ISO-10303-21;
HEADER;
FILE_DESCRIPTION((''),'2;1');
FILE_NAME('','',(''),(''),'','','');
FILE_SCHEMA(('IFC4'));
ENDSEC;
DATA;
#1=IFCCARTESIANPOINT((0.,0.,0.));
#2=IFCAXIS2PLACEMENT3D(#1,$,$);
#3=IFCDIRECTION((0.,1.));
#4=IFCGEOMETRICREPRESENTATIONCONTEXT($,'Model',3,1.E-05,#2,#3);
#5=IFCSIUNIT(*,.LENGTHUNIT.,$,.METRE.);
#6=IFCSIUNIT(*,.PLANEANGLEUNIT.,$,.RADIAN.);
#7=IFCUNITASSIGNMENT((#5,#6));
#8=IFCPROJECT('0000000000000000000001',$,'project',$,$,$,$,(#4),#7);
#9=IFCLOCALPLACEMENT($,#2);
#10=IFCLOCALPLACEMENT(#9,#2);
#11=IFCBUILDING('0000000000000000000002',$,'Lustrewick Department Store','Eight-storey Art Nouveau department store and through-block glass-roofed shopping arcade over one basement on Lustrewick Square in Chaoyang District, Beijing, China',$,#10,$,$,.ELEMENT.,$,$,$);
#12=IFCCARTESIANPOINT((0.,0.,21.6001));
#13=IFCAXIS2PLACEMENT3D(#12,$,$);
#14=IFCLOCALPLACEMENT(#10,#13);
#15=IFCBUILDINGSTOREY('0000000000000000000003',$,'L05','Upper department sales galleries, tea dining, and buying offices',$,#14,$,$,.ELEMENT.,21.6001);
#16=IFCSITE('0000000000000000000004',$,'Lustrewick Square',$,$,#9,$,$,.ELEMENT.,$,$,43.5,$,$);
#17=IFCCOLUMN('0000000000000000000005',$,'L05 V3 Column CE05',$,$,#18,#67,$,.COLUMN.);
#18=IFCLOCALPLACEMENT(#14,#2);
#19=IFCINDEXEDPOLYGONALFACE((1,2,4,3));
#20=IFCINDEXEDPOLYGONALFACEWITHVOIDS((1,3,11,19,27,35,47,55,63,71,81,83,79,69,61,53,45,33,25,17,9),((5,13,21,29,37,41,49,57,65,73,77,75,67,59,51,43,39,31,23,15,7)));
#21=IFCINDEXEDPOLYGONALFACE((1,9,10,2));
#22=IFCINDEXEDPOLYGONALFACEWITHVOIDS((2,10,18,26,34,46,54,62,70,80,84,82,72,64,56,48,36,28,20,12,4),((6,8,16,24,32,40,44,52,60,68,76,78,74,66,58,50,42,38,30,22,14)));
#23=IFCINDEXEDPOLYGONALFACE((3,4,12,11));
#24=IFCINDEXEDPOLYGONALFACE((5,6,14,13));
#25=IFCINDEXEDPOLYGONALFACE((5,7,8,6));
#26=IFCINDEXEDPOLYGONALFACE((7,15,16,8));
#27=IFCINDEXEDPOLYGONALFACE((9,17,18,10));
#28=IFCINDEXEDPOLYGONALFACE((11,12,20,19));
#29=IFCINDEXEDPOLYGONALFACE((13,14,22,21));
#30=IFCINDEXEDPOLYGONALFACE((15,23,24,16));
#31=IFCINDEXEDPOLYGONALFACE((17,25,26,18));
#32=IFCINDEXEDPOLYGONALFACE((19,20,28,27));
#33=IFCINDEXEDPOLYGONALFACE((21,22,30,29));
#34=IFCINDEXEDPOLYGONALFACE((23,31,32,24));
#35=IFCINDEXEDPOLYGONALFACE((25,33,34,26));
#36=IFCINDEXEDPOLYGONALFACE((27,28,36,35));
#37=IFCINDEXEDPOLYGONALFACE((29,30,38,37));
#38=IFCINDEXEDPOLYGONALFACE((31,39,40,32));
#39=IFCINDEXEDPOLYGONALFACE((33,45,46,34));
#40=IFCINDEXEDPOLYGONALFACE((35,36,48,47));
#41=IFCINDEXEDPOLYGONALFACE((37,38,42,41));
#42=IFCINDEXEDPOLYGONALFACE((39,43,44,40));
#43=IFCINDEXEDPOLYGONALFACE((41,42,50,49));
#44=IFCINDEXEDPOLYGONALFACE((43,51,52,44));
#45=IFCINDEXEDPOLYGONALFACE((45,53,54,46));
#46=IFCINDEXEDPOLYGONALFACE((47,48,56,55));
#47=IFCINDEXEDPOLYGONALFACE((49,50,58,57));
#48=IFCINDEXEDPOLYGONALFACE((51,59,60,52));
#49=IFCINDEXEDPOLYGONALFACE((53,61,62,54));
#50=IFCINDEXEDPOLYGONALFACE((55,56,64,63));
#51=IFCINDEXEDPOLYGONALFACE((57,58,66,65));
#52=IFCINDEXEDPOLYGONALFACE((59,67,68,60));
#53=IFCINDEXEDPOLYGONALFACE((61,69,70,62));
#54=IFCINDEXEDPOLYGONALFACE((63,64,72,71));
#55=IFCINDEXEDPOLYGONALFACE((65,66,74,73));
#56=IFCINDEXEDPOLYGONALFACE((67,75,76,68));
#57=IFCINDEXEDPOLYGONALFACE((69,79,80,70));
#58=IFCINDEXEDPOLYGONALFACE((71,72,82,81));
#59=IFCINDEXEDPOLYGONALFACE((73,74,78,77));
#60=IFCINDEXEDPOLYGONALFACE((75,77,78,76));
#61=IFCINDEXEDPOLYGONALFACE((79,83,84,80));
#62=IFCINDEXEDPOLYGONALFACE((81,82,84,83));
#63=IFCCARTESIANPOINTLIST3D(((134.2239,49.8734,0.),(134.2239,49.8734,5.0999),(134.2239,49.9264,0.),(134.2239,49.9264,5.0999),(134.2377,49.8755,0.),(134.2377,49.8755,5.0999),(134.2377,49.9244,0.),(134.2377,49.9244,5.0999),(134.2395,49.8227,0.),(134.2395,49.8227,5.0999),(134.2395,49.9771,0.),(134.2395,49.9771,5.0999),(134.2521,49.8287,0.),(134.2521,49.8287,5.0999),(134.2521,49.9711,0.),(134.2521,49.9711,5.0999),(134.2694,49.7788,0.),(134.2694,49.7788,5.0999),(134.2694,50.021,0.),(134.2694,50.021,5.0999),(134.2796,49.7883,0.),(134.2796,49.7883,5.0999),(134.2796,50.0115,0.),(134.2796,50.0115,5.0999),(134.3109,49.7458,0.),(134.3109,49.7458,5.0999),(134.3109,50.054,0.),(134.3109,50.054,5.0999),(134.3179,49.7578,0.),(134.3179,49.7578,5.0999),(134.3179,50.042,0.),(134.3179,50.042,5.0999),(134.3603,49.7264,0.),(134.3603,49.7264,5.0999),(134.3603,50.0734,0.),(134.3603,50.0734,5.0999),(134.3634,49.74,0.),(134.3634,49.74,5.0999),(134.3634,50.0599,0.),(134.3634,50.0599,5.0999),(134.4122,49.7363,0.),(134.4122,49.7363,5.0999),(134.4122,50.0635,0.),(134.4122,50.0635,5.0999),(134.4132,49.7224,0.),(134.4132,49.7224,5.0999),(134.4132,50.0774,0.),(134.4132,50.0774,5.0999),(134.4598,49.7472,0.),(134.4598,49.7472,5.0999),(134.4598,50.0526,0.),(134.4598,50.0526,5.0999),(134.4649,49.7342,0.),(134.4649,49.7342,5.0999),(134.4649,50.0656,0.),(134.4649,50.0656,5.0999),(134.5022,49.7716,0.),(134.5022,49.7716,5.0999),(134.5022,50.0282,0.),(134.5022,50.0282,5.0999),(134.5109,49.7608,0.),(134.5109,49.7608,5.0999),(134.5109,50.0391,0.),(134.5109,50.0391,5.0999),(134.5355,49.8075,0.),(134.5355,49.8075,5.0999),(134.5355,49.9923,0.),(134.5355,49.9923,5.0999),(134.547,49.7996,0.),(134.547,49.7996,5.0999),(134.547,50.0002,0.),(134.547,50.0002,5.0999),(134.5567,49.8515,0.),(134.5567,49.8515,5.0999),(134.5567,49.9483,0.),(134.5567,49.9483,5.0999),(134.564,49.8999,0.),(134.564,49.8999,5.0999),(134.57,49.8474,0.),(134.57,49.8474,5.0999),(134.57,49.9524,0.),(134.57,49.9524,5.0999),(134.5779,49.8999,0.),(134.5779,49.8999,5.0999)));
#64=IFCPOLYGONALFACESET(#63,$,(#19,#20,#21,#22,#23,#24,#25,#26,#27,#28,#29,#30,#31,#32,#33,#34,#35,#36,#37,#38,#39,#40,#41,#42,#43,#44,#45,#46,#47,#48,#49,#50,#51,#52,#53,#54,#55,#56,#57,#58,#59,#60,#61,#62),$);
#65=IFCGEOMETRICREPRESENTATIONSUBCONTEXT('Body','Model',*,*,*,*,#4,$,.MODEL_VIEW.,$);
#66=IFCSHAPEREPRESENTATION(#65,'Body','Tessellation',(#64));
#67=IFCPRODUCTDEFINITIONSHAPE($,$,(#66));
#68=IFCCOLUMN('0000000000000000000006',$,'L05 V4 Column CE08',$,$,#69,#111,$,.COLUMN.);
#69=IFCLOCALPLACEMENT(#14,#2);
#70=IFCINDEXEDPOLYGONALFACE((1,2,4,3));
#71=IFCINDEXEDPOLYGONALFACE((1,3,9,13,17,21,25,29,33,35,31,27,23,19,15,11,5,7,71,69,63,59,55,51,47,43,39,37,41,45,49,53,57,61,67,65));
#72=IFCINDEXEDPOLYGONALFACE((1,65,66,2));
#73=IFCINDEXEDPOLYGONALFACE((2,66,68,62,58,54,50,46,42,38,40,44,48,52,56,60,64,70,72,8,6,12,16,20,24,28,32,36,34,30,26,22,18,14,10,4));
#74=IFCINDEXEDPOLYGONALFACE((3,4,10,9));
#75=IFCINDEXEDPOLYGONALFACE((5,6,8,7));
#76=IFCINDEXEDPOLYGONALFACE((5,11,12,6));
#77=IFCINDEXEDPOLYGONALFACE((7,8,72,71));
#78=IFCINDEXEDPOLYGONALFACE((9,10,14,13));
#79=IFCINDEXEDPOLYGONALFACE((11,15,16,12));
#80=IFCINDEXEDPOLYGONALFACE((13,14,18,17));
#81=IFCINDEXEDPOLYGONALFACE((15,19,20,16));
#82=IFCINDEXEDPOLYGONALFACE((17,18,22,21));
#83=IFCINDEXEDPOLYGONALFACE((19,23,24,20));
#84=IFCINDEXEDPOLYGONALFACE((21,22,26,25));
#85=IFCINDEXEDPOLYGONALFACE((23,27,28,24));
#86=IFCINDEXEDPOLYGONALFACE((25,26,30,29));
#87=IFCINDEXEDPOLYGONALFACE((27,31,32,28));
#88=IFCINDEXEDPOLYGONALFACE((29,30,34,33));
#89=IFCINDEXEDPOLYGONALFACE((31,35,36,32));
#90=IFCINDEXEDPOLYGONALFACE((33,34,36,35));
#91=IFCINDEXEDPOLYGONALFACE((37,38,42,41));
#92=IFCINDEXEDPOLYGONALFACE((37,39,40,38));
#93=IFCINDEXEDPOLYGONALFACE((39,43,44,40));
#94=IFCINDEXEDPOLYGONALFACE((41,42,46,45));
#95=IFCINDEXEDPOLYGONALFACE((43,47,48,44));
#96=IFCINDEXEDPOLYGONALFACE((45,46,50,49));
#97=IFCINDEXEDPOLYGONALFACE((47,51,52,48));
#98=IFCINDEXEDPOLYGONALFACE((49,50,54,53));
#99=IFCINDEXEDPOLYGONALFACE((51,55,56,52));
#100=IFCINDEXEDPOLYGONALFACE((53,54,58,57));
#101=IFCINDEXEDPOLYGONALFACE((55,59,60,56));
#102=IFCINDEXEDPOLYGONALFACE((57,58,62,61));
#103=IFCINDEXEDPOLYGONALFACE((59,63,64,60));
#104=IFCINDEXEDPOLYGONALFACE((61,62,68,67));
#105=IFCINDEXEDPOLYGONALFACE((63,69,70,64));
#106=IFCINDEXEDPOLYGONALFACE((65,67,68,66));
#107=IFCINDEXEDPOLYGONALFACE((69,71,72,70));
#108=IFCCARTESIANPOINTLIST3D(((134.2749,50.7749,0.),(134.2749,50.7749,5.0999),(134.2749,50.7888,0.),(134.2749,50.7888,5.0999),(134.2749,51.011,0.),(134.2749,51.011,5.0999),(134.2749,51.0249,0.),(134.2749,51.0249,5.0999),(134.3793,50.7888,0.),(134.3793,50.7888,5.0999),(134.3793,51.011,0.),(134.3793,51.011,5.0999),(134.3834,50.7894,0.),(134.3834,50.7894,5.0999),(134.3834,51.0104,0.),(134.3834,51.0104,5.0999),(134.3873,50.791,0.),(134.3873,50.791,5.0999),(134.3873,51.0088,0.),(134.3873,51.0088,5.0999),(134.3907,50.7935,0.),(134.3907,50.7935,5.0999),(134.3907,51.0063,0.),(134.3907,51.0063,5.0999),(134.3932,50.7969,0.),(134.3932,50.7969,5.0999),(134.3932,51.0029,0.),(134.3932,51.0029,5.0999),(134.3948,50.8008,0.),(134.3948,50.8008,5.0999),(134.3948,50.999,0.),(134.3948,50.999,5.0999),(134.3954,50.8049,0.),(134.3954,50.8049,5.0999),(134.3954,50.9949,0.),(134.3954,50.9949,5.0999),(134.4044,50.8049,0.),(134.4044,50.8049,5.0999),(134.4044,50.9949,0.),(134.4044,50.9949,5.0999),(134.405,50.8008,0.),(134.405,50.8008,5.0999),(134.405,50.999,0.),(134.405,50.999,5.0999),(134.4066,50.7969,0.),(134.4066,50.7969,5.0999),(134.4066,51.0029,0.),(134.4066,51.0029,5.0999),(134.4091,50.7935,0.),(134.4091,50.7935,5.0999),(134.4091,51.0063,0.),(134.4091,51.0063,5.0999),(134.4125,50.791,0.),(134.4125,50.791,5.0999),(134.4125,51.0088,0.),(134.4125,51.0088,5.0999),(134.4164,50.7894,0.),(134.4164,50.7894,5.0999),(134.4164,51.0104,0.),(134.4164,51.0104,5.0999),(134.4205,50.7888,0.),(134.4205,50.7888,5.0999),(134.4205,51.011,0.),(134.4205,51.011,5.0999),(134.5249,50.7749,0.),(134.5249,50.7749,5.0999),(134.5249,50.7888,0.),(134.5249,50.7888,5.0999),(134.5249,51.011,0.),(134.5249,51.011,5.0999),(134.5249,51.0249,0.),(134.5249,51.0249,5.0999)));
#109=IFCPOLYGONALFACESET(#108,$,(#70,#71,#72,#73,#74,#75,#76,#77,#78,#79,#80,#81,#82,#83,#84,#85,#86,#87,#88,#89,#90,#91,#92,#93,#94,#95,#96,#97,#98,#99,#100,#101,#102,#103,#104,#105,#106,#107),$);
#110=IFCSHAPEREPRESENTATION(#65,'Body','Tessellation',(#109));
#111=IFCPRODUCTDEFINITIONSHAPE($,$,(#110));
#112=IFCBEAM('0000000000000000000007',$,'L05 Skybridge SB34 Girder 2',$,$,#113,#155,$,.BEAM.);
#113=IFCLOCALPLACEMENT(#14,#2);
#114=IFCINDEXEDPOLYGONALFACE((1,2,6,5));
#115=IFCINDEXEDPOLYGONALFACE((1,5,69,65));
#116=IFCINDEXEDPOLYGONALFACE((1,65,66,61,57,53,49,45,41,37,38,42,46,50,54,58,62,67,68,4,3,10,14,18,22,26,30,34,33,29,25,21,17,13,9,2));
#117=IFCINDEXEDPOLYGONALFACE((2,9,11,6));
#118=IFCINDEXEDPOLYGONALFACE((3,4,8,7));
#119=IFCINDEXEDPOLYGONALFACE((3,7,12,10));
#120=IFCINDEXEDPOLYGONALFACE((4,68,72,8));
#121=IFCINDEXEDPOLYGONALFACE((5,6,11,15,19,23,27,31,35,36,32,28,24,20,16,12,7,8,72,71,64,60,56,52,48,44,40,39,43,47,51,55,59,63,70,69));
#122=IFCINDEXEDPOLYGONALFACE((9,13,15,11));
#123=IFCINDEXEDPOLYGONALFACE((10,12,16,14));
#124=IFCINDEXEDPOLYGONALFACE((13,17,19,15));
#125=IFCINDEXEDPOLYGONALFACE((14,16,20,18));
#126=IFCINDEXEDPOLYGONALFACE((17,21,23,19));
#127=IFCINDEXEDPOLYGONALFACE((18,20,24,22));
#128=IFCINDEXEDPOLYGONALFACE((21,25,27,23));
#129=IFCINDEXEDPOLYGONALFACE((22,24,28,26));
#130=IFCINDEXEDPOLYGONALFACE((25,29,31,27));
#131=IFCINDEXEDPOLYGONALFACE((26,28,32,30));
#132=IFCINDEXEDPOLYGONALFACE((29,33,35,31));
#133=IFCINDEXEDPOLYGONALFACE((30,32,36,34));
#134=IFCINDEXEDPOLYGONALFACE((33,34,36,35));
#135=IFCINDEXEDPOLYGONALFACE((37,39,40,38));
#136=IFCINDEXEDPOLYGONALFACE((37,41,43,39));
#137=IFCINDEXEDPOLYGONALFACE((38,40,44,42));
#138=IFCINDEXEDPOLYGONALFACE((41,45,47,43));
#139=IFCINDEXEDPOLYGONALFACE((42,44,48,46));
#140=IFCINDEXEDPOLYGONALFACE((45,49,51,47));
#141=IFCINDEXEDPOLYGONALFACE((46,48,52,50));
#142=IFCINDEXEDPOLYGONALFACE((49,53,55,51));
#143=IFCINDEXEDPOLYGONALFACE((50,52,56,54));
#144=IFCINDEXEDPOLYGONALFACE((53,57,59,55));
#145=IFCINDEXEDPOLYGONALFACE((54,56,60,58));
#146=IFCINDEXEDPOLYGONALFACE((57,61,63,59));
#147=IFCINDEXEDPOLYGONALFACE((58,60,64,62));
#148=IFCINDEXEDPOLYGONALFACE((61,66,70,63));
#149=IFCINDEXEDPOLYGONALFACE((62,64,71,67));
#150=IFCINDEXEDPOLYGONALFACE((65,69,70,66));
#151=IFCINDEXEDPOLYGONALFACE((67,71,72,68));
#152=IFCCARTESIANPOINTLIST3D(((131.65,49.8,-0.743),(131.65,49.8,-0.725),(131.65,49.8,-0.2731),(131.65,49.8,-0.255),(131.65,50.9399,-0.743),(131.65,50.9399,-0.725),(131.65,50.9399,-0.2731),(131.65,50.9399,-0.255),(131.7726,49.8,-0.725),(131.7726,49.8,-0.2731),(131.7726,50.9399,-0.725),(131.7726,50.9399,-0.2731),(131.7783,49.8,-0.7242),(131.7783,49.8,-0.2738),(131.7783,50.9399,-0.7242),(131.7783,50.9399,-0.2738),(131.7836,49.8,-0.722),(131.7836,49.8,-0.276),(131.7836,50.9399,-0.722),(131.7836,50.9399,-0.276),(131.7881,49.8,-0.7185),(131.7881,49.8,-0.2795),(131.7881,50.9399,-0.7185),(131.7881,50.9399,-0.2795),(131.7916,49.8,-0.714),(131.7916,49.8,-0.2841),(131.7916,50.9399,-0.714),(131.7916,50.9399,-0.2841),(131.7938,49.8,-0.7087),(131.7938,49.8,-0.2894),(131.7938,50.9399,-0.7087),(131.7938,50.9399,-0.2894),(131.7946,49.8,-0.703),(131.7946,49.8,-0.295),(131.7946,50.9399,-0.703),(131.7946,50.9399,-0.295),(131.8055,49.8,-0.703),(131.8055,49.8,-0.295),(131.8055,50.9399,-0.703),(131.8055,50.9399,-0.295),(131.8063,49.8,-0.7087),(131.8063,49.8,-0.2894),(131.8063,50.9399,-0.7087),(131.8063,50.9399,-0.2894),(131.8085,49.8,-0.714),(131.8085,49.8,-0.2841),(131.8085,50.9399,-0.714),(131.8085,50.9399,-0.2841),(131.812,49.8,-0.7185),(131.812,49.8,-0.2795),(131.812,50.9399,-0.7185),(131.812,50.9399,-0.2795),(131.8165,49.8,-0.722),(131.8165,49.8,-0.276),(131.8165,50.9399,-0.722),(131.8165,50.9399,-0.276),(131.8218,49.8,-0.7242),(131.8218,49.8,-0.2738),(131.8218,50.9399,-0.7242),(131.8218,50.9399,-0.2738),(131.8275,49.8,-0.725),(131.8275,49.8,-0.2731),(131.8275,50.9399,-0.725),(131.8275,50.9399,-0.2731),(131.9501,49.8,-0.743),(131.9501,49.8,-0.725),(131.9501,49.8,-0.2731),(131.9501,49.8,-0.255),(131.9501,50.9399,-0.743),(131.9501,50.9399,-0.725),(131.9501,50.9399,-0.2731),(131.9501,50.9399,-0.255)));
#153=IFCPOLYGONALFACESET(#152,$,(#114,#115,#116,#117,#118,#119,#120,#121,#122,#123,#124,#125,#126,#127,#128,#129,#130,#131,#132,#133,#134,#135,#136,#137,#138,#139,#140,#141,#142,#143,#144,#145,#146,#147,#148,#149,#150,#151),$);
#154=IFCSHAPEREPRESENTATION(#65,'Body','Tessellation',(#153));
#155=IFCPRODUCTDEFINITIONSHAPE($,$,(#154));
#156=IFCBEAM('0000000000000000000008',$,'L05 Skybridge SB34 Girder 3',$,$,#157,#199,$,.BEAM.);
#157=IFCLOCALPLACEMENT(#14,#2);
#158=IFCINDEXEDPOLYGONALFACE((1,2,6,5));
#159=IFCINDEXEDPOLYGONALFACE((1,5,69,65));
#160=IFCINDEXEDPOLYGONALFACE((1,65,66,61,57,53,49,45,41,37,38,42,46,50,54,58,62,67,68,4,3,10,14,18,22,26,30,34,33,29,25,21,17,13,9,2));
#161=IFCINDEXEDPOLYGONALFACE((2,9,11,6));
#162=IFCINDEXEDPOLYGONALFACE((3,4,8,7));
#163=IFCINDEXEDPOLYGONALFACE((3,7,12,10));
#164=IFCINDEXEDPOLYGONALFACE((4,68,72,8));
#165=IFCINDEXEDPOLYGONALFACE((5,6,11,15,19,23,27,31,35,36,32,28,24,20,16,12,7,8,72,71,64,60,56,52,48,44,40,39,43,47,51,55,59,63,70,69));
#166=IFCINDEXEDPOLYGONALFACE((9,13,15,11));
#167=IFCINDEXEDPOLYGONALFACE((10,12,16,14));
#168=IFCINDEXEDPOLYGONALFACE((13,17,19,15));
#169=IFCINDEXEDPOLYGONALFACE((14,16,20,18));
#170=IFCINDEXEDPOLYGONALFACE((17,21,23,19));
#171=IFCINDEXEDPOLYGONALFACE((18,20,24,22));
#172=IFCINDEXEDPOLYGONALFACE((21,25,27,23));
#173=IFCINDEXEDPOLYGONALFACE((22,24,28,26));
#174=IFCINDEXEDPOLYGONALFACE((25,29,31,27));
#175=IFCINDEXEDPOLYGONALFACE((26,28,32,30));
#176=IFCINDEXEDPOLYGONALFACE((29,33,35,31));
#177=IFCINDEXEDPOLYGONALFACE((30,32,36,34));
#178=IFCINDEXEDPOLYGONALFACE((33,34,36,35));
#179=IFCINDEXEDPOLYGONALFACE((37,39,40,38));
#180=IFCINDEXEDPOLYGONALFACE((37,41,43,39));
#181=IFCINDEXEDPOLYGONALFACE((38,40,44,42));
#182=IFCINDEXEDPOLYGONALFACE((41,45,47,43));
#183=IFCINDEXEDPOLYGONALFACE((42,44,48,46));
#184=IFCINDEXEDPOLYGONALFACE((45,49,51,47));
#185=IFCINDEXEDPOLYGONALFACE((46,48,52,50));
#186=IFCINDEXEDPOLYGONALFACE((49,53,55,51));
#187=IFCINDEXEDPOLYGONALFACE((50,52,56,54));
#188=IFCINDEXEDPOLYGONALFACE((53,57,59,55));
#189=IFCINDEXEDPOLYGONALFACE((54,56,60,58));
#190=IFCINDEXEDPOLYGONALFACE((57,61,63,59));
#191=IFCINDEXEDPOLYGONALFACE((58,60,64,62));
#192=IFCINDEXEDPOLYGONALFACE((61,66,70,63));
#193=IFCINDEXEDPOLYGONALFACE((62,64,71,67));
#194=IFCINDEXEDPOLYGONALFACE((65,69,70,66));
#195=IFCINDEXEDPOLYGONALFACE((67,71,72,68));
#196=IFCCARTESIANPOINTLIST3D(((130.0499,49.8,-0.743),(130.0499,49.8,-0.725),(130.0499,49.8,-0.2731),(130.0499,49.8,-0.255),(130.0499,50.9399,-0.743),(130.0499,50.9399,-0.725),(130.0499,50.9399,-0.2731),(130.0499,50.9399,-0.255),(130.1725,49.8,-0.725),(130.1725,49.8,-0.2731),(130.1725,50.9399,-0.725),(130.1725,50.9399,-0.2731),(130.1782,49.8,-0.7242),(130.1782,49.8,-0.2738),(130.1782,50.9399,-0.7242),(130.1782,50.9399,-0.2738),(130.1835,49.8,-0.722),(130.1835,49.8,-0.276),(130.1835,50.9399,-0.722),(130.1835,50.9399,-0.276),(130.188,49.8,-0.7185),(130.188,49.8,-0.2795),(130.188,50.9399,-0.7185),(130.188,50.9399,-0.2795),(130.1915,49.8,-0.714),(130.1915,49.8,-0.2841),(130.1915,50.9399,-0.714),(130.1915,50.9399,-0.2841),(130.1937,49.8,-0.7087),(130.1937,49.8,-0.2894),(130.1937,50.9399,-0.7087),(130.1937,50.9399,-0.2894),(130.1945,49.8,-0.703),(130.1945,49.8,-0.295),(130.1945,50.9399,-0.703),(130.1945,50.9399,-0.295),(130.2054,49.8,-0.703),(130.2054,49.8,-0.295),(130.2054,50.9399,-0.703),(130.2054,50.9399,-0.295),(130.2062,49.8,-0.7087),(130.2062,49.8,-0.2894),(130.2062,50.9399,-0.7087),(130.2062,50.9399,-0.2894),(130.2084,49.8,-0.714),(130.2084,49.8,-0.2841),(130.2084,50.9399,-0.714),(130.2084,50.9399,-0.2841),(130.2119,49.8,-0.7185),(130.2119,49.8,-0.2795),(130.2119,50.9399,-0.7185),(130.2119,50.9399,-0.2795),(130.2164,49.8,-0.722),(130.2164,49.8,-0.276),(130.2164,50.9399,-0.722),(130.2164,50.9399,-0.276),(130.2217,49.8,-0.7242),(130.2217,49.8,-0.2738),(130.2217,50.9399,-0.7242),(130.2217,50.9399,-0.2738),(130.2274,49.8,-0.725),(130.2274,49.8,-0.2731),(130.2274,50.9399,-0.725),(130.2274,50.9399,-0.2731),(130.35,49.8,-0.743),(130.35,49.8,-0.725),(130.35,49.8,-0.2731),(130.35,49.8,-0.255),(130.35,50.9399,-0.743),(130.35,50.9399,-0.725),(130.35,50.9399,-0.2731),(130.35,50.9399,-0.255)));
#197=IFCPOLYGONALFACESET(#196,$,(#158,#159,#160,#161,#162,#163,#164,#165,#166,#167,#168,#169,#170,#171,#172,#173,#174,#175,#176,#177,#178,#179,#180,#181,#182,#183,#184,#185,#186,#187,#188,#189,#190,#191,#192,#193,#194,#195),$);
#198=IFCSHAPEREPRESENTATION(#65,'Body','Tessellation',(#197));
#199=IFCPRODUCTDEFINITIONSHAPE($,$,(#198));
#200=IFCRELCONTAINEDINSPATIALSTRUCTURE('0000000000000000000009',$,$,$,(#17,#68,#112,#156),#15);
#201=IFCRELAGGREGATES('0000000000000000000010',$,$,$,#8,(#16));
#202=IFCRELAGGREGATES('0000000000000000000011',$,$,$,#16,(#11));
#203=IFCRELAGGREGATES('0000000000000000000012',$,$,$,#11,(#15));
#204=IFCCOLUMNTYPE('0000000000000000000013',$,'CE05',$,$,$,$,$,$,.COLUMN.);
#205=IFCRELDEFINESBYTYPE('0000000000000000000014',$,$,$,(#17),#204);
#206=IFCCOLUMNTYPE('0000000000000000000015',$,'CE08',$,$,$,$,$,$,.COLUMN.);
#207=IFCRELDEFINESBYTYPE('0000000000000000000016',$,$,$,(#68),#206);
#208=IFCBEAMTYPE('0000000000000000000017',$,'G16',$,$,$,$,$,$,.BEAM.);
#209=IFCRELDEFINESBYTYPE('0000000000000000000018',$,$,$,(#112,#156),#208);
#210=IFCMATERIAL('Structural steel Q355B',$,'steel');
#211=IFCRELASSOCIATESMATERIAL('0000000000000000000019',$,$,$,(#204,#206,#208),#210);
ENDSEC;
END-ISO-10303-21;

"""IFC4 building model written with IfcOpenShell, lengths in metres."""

from ifc_helpers import new_model, si_unit, direction, frame, origin, origin_2d, place, context, subcontext, project, spatial, hollow_circle, i_section, extrude, material, material_profile, profile_set, type_object, element, save


model = new_model("IFC4")

# Units and contexts
model_context = context("Model", 3, precision=1e-05, world=origin(), true_north=direction((0.0, 1.0)))
body_context = subcontext(model_context, "Body", "Model", "MODEL_VIEW")
ifc_project = project(units=[si_unit("LENGTHUNIT", "METRE"), si_unit("PLANEANGLEUNIT", "RADIAN")], contexts=[model_context])

# Site, building, storey
site_placement = place(None, origin())
site = spatial("IfcSite", under=ifc_project, at=site_placement, Name="Lustrewick Square", CompositionType="ELEMENT", RefElevation=43.5)
building_placement = place(site_placement, origin())
building = spatial("IfcBuilding", under=site, at=building_placement, Name="Lustrewick Department Store", Description="Eight-storey Art Nouveau department store and through-block glass-roofed shopping arcade over one basement on Lustrewick Square in Chaoyang District, Beijing, China", CompositionType="ELEMENT")
storey_placement = place(building_placement, frame((0.0, 0.0, 21.6001)))
storey = spatial("IfcBuildingStorey", under=building, at=storey_placement, Name="L05", Description="Upper department sales galleries, tea dining, and buying offices", CompositionType="ELEMENT", Elevation=21.6001)

# Columns
ifc_material_1 = material(Name="Structural steel Q355B", Category="steel")
ifc_material_profile_1 = material_profile(ifc_material_1, hollow_circle(Radius=0.178, WallThickness=0.0139, at=origin_2d()), Name="CHS 356x14")
ifc_profile_set_1 = profile_set([ifc_material_profile_1], Name="Structural steel Q355B")
column_type_1 = type_object("IfcColumnType", Name="CE05", PredefinedType="COLUMN", material=ifc_profile_set_1)
column_1_placement = place(storey_placement, frame((134.3999, 49.8999, 0.0), z_axis=(0.0, 0.0, 1.0), x_axis=(1.0, 0.0, 0.0)))
element("IfcColumn", 1, at=column_1_placement, inside=storey, type_object=column_type_1, Name="L05 V3 Column CE05", PredefinedType="COLUMN", context=body_context, shape_type="SweptSolid", body=[
    extrude(hollow_circle(Radius=0.178, WallThickness=0.0139, at=origin_2d()), origin(), (0.0, 0.0, 1.0), 5.0999),
])
ifc_material_profile_2 = material_profile(ifc_material_1, i_section(OverallWidth=0.25, OverallDepth=0.25, WebThickness=0.009, FlangeThickness=0.0139, FilletRadius=0.0161, at=origin_2d()), Name="HW 250x250x9x14")
ifc_profile_set_2 = profile_set([ifc_material_profile_2], Name="Structural steel Q355B")
column_type_2 = type_object("IfcColumnType", Name="CE08", PredefinedType="COLUMN", material=ifc_profile_set_2)
column_2_placement = place(storey_placement, frame((134.3999, 50.8999, 0.0), z_axis=(0.0, 0.0, 1.0), x_axis=(1.0, 0.0, 0.0)))
element("IfcColumn", 2, at=column_2_placement, inside=storey, type_object=column_type_2, Name="L05 V4 Column CE08", PredefinedType="COLUMN", context=body_context, shape_type="SweptSolid", body=[
    extrude(i_section(OverallWidth=0.25, OverallDepth=0.25, WebThickness=0.009, FlangeThickness=0.0139, FilletRadius=0.0161, at=origin_2d()), origin(), (0.0, 0.0, 1.0), 5.0999),
])

# Beams
ifc_material_profile_3 = material_profile(ifc_material_1, i_section(OverallWidth=0.3, OverallDepth=0.488, WebThickness=0.011, FlangeThickness=0.0181, FilletRadius=0.022, at=origin_2d()), Name="HM 488x300x11x18")
ifc_profile_set_3 = profile_set([ifc_material_profile_3], Name="Structural steel Q355B")
beam_type_1 = type_object("IfcBeamType", Name="G16", PredefinedType="BEAM", material=ifc_profile_set_3)
for number, where, z_axis, x_axis, name in (
    (3, (131.8, 49.8, -0.499), (0.0, 1.0, 0.0), (-1.0, 0.0, 0.0), "L05 Skybridge SB34 Girder 2"),
    (4, (130.2, 49.8, -0.499), (0.0, 1.0, 0.0), (-1.0, 0.0, 0.0), "L05 Skybridge SB34 Girder 3"),
):
    element("IfcBeam", number, at=place(storey_placement, frame(where, z_axis=z_axis, x_axis=x_axis)), inside=storey, type_object=beam_type_1, Name=name, PredefinedType="BEAM", context=body_context, shape_type="SweptSolid", body=[
        extrude(i_section(OverallWidth=0.3, OverallDepth=0.488, WebThickness=0.011, FlangeThickness=0.0181, FilletRadius=0.022, at=origin_2d()), origin(), (0.0, 0.0, 1.0), 1.1399),
    ])

save(model, "model.ifc")
